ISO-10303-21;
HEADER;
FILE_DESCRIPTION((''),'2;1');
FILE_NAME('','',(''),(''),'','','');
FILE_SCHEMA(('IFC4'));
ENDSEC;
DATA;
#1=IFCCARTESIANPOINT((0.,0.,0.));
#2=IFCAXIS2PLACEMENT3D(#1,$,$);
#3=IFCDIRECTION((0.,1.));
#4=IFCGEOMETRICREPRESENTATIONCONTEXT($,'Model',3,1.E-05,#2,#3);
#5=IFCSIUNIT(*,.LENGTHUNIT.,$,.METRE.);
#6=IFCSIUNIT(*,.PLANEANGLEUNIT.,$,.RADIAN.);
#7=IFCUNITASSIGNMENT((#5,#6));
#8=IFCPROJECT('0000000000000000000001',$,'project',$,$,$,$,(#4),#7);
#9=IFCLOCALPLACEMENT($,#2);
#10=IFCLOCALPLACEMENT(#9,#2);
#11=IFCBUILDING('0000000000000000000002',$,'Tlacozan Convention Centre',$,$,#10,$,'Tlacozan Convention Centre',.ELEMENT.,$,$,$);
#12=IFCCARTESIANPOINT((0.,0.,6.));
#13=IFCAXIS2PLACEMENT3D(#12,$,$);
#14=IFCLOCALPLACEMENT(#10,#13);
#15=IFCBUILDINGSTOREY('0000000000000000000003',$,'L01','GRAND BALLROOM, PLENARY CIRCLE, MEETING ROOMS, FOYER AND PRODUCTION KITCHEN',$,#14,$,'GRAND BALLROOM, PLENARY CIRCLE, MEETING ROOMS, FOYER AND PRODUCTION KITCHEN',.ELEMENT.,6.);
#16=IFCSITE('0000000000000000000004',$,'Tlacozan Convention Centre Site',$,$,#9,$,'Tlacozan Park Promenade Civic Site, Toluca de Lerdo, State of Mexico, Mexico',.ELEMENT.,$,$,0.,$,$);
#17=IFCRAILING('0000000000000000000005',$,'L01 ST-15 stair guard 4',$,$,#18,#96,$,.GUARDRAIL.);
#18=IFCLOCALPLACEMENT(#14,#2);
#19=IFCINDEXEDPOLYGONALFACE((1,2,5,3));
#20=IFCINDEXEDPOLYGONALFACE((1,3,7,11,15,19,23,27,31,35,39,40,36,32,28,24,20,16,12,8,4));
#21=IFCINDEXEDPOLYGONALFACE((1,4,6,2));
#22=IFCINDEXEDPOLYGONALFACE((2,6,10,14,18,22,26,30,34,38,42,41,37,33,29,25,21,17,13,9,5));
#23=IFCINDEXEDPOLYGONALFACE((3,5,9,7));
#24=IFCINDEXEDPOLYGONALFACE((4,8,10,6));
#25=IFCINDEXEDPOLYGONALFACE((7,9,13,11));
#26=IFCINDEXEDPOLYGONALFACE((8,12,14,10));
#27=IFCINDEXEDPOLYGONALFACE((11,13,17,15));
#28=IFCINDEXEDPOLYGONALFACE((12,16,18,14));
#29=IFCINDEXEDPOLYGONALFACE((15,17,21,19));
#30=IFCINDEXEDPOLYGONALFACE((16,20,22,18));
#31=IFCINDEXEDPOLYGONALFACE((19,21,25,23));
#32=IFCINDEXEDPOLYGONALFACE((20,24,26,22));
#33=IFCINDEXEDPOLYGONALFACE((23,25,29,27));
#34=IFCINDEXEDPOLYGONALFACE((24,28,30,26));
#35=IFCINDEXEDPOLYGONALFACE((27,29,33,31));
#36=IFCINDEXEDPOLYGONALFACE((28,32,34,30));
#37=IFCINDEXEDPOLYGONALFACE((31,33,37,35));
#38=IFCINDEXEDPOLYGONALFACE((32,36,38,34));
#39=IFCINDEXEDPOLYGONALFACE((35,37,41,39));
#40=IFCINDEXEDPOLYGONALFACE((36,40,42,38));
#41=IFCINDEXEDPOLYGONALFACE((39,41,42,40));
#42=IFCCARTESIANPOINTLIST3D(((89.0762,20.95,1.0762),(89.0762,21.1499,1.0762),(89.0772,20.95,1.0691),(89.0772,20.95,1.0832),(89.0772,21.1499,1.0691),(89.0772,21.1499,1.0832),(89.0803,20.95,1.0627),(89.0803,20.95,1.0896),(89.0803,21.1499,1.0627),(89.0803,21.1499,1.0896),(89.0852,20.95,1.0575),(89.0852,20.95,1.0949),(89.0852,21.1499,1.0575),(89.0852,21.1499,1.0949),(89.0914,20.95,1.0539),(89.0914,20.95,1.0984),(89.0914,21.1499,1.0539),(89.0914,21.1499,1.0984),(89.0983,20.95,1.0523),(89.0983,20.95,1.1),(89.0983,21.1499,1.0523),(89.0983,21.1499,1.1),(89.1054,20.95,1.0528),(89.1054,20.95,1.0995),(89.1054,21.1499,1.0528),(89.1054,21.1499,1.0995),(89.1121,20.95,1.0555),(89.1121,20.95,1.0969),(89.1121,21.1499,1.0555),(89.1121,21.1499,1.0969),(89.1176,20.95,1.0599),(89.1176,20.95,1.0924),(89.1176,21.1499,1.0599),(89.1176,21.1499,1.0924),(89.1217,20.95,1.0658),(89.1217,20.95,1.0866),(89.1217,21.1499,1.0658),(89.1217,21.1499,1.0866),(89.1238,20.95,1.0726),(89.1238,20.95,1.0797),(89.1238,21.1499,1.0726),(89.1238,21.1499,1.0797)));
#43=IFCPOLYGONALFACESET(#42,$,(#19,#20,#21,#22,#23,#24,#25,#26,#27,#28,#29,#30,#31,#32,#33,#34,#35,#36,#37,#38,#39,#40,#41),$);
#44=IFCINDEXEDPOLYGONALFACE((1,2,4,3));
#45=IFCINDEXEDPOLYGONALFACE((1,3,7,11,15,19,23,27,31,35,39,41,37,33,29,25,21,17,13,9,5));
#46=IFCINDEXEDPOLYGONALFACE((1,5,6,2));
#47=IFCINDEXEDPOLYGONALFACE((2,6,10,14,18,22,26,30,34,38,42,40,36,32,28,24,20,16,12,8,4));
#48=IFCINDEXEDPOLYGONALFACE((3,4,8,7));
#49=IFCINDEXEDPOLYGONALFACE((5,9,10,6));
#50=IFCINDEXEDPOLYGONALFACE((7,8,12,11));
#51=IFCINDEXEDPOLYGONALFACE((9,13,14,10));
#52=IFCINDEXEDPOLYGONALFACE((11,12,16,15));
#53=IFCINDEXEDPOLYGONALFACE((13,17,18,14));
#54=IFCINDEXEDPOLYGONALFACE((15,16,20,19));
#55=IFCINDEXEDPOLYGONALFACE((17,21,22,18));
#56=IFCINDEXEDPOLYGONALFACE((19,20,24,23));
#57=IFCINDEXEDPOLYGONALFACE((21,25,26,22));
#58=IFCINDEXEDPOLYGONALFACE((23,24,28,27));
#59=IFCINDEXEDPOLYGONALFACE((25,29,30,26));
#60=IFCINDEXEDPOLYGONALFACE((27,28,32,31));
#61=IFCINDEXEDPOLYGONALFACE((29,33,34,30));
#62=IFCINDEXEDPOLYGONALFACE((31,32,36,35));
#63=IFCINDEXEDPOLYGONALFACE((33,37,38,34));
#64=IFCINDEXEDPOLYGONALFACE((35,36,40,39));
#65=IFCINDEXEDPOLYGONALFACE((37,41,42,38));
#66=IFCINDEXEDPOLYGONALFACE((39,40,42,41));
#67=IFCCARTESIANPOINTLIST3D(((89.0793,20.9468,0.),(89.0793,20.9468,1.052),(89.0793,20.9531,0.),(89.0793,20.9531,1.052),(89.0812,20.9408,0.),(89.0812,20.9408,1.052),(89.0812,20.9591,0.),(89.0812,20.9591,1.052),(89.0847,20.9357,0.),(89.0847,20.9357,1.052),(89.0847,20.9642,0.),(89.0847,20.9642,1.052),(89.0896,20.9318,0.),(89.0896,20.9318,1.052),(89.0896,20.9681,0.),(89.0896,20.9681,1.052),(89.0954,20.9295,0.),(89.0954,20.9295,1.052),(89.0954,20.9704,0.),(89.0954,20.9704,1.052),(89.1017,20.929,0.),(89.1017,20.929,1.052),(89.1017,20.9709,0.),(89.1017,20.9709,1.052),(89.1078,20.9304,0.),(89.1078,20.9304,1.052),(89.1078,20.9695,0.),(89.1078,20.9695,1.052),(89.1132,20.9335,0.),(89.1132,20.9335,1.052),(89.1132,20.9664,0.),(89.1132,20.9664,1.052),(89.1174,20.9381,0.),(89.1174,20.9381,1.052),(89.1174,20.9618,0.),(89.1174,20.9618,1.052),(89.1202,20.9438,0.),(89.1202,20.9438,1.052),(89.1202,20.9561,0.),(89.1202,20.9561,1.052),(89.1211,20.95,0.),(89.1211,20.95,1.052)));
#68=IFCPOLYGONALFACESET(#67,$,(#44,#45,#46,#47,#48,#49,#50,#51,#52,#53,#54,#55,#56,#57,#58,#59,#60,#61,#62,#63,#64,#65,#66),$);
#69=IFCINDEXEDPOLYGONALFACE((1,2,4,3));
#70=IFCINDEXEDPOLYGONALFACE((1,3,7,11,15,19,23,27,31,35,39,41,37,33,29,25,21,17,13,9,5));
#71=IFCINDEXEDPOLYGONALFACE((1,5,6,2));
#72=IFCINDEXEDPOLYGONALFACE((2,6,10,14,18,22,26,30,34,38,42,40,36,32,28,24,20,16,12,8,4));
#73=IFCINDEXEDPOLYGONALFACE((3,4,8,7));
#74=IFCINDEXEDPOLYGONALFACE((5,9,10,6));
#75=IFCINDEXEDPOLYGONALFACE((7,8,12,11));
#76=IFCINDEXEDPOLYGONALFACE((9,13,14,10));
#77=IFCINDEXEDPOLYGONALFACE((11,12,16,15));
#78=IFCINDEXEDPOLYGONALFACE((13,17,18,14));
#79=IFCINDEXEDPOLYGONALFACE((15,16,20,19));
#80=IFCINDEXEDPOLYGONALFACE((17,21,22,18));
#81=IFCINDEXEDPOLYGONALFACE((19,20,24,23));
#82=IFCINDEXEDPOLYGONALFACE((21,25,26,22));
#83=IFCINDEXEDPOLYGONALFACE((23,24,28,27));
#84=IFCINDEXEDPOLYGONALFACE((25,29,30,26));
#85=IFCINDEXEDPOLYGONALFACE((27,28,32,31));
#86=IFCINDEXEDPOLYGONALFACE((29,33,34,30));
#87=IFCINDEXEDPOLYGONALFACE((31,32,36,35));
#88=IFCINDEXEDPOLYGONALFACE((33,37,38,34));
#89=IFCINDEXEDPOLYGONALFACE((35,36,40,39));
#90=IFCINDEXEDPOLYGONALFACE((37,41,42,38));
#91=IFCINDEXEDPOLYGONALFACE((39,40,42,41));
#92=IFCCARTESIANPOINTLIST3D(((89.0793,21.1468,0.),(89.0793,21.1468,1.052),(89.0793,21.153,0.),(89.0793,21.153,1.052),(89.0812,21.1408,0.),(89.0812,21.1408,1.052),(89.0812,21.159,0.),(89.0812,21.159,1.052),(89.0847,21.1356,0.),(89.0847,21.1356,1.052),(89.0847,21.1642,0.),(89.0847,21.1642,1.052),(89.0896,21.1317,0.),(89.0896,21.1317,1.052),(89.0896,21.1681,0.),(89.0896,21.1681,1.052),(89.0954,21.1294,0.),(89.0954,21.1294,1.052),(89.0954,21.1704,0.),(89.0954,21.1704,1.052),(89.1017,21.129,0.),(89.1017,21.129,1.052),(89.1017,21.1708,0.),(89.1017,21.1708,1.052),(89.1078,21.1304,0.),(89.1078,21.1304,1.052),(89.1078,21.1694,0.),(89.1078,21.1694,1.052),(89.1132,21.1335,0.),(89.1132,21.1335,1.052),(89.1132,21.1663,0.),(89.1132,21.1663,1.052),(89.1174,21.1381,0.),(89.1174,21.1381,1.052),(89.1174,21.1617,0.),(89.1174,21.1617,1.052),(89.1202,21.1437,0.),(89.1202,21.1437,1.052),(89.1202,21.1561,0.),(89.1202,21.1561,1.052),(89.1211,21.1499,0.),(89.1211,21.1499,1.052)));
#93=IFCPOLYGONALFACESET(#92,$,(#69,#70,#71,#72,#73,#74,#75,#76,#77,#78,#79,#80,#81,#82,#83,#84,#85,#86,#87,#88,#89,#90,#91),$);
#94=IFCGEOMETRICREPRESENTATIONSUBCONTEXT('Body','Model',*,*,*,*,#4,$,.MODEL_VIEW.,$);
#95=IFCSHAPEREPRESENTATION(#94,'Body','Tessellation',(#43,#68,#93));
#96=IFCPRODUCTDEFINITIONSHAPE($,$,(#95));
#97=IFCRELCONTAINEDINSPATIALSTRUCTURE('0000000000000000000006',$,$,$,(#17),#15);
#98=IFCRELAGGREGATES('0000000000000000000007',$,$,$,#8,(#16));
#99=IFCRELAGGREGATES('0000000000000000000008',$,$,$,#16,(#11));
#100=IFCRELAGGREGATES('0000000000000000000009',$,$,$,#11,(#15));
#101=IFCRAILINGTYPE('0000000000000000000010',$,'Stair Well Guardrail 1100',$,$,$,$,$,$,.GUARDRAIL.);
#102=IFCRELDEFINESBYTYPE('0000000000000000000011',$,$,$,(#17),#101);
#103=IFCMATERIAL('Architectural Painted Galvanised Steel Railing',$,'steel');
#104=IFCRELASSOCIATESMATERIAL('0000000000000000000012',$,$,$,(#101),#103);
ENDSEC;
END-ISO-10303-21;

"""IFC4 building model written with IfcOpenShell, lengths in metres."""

from ifc_helpers import new_model, si_unit, direction, frame, origin, origin_2d, place, context, subcontext, project, spatial, circle, extrude, material, type_object, element, save


model = new_model("IFC4")

# Units and contexts
model_context = context("Model", 3, precision=1e-05, world=origin(), true_north=direction((0.0, 1.0)))
body_context = subcontext(model_context, "Body", "Model", "MODEL_VIEW")
ifc_project = project(units=[si_unit("LENGTHUNIT", "METRE"), si_unit("PLANEANGLEUNIT", "RADIAN")], contexts=[model_context])

# Site, building, storey
site_placement = place(None, origin())
site = spatial("IfcSite", under=ifc_project, at=site_placement, Name="Tlacozan Convention Centre Site", LongName="Tlacozan Park Promenade Civic Site, Toluca de Lerdo, State of Mexico, Mexico", CompositionType="ELEMENT", RefElevation=0.0)
building_placement = place(site_placement, origin())
building = spatial("IfcBuilding", under=site, at=building_placement, Name="Tlacozan Convention Centre", LongName="Tlacozan Convention Centre", CompositionType="ELEMENT")
storey_placement = place(building_placement, frame((0.0, 0.0, 6.0)))
storey = spatial("IfcBuildingStorey", under=building, at=storey_placement, Name="L01", Description="GRAND BALLROOM, PLENARY CIRCLE, MEETING ROOMS, FOYER AND PRODUCTION KITCHEN", LongName="GRAND BALLROOM, PLENARY CIRCLE, MEETING ROOMS, FOYER AND PRODUCTION KITCHEN", CompositionType="ELEMENT", Elevation=6.0)

# Railing
ifc_material_1 = material(Name="Architectural Painted Galvanised Steel Railing", Category="steel")
railing_type_1 = type_object("IfcRailingType", Name="Stair Well Guardrail 1100", PredefinedType="GUARDRAIL", material=ifc_material_1)
railing_1_placement = place(storey_placement, frame((89.1001, 20.95, 0.0)))
element("IfcRailing", 1, at=railing_1_placement, inside=storey, type_object=railing_type_1, Name="L01 ST-15 stair guard 4", PredefinedType="GUARDRAIL", context=body_context, shape_type="SweptSolid", body=[
    extrude(circle(Radius=0.0239, at=origin_2d()), frame((0.0, 0.0, 1.0762), z_axis=(0.0, 1.0, 0.0), x_axis=(-1.0, 0.0, 0.0)), (0.0, 0.0, 1.0), 0.2),
    extrude(circle(Radius=0.021, at=origin_2d()), origin(), (0.0, 0.0, 1.0), 1.052),
    extrude(circle(Radius=0.021, at=origin_2d()), frame((0.0, 0.2, 0.0)), (0.0, 0.0, 1.0), 1.052),
])

save(model, "model.ifc")
